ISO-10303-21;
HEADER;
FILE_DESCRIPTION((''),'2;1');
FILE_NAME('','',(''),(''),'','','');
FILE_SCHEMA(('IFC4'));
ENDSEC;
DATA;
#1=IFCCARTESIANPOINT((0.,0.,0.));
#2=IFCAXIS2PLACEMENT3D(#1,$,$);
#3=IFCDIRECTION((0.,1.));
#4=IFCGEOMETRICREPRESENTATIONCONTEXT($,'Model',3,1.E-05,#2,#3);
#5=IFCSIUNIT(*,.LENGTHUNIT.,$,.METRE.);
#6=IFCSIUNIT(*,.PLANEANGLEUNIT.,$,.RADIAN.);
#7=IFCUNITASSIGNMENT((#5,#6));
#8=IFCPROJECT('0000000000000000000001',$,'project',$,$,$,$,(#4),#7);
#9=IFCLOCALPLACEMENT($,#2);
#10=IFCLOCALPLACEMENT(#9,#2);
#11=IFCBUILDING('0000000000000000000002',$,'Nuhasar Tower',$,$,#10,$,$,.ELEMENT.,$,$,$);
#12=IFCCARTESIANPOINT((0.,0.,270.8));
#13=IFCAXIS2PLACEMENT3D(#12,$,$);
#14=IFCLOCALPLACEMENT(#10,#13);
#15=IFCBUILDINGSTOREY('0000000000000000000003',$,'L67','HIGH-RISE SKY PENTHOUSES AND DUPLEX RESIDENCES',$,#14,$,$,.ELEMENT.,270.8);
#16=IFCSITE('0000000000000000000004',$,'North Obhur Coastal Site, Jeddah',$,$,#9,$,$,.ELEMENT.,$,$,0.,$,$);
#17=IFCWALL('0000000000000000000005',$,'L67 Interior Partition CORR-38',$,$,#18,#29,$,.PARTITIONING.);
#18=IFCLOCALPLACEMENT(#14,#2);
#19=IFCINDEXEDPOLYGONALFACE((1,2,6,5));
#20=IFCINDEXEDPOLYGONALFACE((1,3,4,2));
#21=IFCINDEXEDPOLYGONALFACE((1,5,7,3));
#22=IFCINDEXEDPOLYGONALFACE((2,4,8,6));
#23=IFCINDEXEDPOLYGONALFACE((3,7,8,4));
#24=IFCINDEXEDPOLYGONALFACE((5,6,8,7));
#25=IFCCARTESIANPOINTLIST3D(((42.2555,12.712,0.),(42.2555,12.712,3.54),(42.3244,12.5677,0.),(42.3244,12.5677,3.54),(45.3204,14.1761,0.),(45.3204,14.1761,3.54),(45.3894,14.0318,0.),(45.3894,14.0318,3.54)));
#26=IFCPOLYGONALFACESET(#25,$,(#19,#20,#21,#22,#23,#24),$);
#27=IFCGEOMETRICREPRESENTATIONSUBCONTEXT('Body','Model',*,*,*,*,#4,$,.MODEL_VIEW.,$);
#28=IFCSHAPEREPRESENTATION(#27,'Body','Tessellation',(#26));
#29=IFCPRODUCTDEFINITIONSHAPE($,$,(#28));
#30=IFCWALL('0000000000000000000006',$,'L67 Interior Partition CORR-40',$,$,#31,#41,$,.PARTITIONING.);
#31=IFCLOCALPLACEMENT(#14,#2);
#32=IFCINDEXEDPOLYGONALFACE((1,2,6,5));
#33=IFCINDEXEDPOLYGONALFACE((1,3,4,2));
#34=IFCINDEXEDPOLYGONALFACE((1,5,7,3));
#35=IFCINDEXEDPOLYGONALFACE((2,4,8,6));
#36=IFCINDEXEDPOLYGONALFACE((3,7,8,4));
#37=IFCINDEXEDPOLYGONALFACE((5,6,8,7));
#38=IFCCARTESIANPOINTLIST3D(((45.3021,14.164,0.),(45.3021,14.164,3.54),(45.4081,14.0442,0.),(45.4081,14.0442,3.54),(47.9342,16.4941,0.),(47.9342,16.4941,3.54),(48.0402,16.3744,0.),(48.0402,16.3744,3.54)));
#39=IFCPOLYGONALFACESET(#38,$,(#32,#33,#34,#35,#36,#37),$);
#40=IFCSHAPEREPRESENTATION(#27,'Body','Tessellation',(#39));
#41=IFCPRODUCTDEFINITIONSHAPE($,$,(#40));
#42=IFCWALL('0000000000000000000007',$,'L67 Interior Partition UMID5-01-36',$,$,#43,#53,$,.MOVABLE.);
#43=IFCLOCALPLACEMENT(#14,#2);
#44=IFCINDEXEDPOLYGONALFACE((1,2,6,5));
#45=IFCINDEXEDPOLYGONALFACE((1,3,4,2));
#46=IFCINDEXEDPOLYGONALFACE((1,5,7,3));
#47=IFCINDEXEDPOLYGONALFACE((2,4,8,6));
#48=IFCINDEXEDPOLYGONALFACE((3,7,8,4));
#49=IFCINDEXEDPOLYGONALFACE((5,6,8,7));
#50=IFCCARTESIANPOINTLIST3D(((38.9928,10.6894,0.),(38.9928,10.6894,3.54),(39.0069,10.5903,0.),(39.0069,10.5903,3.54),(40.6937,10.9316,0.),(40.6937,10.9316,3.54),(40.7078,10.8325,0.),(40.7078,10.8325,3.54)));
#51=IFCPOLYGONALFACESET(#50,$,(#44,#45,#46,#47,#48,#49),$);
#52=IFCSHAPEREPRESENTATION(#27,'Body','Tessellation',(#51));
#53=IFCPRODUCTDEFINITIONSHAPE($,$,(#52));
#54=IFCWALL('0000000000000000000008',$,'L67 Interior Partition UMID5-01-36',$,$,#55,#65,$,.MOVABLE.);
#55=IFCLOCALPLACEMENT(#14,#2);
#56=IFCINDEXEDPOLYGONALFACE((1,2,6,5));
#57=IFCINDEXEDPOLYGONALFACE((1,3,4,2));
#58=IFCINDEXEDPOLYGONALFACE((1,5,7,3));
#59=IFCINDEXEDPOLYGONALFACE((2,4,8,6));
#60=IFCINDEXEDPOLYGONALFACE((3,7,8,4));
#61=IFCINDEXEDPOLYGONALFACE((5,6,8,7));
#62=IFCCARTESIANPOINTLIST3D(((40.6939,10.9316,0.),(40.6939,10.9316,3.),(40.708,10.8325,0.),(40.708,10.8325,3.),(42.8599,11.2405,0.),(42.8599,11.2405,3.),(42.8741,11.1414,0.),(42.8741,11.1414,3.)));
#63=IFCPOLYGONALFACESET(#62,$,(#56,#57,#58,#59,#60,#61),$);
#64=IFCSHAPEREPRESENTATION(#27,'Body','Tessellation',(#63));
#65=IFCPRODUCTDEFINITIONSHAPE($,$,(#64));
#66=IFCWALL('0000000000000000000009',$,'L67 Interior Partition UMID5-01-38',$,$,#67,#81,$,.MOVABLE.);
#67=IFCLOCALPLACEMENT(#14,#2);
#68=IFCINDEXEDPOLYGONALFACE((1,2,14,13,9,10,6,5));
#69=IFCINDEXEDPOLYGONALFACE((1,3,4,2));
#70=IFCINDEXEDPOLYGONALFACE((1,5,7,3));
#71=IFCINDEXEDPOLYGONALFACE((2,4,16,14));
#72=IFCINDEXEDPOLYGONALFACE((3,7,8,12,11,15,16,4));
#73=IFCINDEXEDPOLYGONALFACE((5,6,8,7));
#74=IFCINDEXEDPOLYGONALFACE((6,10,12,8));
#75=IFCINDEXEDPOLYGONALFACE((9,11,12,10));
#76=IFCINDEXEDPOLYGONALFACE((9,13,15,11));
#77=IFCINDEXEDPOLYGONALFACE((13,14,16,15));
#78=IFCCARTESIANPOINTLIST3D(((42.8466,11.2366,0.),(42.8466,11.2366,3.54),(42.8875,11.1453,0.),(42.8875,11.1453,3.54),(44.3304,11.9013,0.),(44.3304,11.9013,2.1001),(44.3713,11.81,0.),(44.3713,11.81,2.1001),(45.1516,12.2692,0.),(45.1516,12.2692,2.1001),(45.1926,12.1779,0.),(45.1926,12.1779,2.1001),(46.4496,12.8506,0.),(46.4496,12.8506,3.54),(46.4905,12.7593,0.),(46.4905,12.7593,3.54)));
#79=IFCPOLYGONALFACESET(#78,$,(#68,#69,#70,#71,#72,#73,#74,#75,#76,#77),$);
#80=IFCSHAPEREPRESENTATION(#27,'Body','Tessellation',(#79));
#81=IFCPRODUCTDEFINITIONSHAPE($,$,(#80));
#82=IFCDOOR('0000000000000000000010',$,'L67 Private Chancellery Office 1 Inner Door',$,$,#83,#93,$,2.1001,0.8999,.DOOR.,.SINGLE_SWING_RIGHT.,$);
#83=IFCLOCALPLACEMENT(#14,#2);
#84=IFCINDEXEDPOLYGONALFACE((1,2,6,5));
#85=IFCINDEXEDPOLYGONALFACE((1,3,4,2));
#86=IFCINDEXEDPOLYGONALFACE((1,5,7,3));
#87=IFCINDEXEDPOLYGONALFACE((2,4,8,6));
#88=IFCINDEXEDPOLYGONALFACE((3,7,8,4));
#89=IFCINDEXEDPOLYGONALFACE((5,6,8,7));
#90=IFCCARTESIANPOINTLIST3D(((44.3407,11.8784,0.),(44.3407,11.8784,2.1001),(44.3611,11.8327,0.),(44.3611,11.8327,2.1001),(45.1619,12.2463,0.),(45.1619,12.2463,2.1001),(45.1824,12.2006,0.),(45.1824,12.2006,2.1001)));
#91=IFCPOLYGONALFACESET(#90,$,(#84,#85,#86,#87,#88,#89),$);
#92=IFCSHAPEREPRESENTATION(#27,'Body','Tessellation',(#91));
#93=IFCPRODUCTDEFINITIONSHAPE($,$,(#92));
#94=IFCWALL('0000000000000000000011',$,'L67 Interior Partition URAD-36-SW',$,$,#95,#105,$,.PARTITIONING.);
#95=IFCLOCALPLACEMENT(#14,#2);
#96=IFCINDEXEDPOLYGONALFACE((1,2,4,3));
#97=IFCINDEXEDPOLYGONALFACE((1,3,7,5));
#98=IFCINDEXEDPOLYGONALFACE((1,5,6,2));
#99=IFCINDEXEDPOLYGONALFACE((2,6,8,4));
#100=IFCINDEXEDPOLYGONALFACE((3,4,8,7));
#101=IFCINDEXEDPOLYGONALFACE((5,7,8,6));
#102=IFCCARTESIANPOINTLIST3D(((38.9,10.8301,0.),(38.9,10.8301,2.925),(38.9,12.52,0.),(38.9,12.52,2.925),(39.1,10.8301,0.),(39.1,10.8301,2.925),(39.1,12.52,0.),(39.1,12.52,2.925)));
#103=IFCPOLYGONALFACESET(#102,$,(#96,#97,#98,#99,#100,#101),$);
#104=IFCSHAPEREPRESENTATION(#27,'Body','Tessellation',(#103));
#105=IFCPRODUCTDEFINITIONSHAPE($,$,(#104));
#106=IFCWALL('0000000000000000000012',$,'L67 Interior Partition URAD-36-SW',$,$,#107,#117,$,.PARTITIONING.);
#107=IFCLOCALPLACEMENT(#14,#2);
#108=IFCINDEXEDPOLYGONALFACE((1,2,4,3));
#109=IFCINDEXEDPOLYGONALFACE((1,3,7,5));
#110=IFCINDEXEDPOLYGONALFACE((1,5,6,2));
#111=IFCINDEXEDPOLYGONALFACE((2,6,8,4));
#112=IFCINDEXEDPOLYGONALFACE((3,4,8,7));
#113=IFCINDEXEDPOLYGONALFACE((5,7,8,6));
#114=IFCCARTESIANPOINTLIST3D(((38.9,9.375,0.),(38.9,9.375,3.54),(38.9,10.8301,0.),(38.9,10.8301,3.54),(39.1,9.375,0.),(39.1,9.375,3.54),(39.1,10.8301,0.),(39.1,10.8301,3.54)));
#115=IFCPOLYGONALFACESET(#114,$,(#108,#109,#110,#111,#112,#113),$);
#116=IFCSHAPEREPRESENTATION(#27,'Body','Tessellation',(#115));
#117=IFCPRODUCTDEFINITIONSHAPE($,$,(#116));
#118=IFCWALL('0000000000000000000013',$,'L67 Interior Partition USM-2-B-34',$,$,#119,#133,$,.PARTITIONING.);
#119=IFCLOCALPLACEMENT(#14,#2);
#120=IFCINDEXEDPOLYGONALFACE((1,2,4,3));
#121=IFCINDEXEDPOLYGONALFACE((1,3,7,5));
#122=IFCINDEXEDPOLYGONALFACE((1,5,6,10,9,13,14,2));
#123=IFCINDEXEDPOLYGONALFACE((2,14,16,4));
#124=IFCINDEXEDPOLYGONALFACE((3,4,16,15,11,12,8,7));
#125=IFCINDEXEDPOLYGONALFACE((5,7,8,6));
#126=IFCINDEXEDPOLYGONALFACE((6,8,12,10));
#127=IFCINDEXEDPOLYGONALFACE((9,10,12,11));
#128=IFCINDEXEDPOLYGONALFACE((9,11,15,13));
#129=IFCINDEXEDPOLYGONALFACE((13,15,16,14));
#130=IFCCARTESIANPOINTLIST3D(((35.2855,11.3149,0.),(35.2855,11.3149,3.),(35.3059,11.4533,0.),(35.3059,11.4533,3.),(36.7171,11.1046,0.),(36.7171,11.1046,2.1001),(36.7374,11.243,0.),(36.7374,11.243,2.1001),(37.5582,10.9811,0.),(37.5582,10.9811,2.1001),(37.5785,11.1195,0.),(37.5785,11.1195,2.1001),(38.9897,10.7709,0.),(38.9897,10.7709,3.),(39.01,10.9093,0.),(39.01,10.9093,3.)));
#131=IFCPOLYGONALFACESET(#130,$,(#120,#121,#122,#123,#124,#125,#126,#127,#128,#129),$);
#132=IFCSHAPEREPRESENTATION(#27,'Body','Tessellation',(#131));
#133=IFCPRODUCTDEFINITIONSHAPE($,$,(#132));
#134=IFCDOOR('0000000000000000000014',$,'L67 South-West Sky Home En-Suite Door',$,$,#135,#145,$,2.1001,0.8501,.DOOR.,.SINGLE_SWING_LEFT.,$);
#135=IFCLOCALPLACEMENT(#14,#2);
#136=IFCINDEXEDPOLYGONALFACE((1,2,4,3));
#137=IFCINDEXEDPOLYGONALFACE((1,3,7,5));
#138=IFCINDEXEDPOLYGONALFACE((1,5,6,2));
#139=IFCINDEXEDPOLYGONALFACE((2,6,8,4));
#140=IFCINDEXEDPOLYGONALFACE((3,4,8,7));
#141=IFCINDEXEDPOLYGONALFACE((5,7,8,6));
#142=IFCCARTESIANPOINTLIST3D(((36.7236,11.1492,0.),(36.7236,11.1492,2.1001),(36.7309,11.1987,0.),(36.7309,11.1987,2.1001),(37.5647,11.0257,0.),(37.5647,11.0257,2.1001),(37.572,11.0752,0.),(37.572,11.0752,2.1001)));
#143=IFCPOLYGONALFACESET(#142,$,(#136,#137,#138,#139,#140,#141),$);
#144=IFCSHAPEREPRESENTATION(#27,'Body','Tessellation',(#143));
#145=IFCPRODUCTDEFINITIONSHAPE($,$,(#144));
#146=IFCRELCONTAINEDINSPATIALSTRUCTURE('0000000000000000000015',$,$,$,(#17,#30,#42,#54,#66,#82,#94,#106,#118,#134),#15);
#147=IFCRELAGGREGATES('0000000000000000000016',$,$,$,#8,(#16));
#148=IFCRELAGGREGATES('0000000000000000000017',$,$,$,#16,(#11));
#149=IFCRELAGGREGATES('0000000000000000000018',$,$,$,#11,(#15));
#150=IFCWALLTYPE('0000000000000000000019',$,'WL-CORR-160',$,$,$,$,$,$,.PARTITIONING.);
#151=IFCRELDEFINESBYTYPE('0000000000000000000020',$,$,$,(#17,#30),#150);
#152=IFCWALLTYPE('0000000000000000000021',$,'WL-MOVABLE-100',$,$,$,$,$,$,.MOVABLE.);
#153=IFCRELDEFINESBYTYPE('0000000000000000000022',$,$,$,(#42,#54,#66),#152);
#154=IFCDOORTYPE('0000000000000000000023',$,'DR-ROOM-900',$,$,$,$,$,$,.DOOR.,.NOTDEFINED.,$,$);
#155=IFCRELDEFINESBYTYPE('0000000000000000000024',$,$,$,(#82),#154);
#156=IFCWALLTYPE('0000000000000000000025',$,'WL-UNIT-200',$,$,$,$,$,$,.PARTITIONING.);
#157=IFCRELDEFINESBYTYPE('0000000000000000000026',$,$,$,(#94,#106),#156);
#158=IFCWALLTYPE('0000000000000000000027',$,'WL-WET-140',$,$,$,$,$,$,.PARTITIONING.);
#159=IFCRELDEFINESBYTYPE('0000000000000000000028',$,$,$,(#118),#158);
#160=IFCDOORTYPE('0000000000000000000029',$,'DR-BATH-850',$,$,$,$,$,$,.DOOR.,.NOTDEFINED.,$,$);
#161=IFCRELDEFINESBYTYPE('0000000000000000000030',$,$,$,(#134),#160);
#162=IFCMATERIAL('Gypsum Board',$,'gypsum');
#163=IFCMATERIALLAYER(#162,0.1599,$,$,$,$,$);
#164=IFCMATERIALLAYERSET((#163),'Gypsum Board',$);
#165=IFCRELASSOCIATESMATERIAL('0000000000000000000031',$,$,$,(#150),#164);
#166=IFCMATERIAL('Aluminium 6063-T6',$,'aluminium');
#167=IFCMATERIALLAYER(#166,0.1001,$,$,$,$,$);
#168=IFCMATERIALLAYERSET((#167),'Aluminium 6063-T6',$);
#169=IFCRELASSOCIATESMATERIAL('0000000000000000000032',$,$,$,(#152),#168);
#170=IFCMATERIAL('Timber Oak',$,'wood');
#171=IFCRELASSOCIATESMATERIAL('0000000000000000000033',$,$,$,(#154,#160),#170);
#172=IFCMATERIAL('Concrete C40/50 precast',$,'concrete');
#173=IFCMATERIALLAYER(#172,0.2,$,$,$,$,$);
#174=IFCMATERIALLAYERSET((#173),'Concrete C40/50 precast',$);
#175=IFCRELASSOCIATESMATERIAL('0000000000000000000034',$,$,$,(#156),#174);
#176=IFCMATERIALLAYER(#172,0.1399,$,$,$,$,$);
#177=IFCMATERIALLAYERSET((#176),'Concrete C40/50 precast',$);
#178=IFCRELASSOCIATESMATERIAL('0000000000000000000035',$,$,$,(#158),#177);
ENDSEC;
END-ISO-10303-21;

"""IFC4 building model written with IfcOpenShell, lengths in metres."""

from ifc_helpers import new_model, si_unit, direction, frame, frame_2d, origin, place, context, subcontext, project, spatial, rectangle, extrude, material, layer, layer_set, type_object, element, fill, save


model = new_model("IFC4")

# Units and contexts
model_context = context("Model", 3, precision=1e-05, world=origin(), true_north=direction((0.0, 1.0)))
body_context = subcontext(model_context, "Body", "Model", "MODEL_VIEW")
ifc_project = project(units=[si_unit("LENGTHUNIT", "METRE"), si_unit("PLANEANGLEUNIT", "RADIAN")], contexts=[model_context])

# Site, building, storey
site_placement = place(None, origin())
site = spatial("IfcSite", under=ifc_project, at=site_placement, Name="North Obhur Coastal Site, Jeddah", CompositionType="ELEMENT", RefElevation=0.0)
building_placement = place(site_placement, origin())
building = spatial("IfcBuilding", under=site, at=building_placement, Name="Nuhasar Tower", CompositionType="ELEMENT")
storey_placement = place(building_placement, frame((0.0, 0.0, 270.8)))
storey = spatial("IfcBuildingStorey", under=building, at=storey_placement, Name="L67", Description="HIGH-RISE SKY PENTHOUSES AND DUPLEX RESIDENCES", CompositionType="ELEMENT", Elevation=270.8)

# Shared definitions
ifc_material_1 = material(Name="Aluminium 6063-T6", Category="aluminium")

# Shared definitions
ifc_material_2 = material(Name="Gypsum Board", Category="gypsum")
ifc_layer_1 = layer(ifc_material_2, 0.1599)
ifc_layer_set_1 = layer_set([ifc_layer_1], Name="Gypsum Board")
wall_type_1 = type_object("IfcWallType", Name="WL-CORR-160", PredefinedType="PARTITIONING", material=ifc_layer_set_1)
ifc_material_3 = material(Name="Timber Oak", Category="wood")

# Walls
wall_1_placement = place(storey_placement, frame((42.29, 12.6399, 0.0), z_axis=(0.0, 0.0, 1.0), x_axis=(0.902332, 0.431041, 0.0)))
element("IfcWall", 1, at=wall_1_placement, inside=storey, type_object=wall_type_1, Name="L67 Interior Partition CORR-38", PredefinedType="PARTITIONING", context=body_context, shape_type="SweptSolid", body=[
    extrude(rectangle(XDim=3.3967, YDim=0.1599, at=frame_2d((1.6982, 0.0))), origin(), (0.0, 0.0, 1.0), 3.54),
])
wall_2_placement = place(storey_placement, frame((45.355, 14.104, 0.0), z_axis=(0.0, 0.0, 1.0), x_axis=(0.748757, 0.662845, 0.0)))
element("IfcWall", 2, at=wall_2_placement, inside=storey, type_object=wall_type_1, Name="L67 Interior Partition CORR-40", PredefinedType="PARTITIONING", context=body_context, shape_type="SweptSolid", body=[
    extrude(rectangle(XDim=3.5154, YDim=0.1599, at=frame_2d((1.7578, 0.0))), origin(), (0.0, 0.0, 1.0), 3.54),
])
ifc_layer_2 = layer(ifc_material_1, 0.1001)
ifc_layer_set_2 = layer_set([ifc_layer_2], Name="Aluminium 6063-T6")
wall_type_2 = type_object("IfcWallType", Name="WL-MOVABLE-100", PredefinedType="MOVABLE", material=ifc_layer_set_2)
wall_3_placement = place(storey_placement, frame((39.0, 10.6399, 0.0), z_axis=(0.0, 0.0, 1.0), x_axis=(0.990015, 0.140964, 0.0)))
element("IfcWall", 3, at=wall_3_placement, inside=storey, type_object=wall_type_2, Name="L67 Interior Partition UMID5-01-36", PredefinedType="MOVABLE", context=body_context, shape_type="SweptSolid", body=[
    extrude(rectangle(XDim=1.718, YDim=0.1001, at=frame_2d((0.8589, 0.0))), origin(), (0.0, 0.0, 1.0), 3.54),
])
wall_4_placement = place(storey_placement, frame((40.7009, 10.8821, 0.0), z_axis=(0.0, 0.0, 1.0), x_axis=(0.989987, 0.141156, 0.0)))
element("IfcWall", 4, at=wall_4_placement, inside=storey, type_object=wall_type_2, Name="L67 Interior Partition UMID5-01-36", PredefinedType="MOVABLE", context=body_context, shape_type="SweptSolid", body=[
    extrude(rectangle(XDim=2.188, YDim=0.1001, at=frame_2d((1.094, 0.0))), origin(), (0.0, 0.0, 1.0), 3.0),
])

# Wall, opening, door
wall_5_placement = place(storey_placement, frame((42.8669, 11.1909, 0.0), z_axis=(0.0, 0.0, 1.0), x_axis=(0.912617, 0.408816, 0.0)))
wall_5 = element("IfcWall", 5, at=wall_5_placement, inside=storey, type_object=wall_type_2, Name="L67 Interior Partition UMID5-01-38", PredefinedType="MOVABLE", context=body_context, shape_type="SweptSolid", body=[
    extrude(rectangle(XDim=3.948, YDim=0.1001, at=frame_2d((1.9741, 0.0))), origin(), (0.0, 0.0, 1.0), 3.54),
])
opening_1_placement = place(wall_5_placement, frame((1.626, 0.0, 0.0)))
opening_1 = element("IfcOpeningElement", 6, at=opening_1_placement, cuts=wall_5, PredefinedType="OPENING", context=body_context, shape_type="SweptSolid", body=[
    extrude(rectangle(XDim=0.8999, YDim=2.1001, at=frame_2d((0.45, 1.05))), frame((0.0, 0.0601, 0.0), z_axis=(0.0, -1.0, 0.0), x_axis=(1.0, 0.0, 0.0)), (0.0, 0.0, 1.0), 0.1201),
])
door_type_1 = type_object("IfcDoorType", Name="DR-ROOM-900", OperationType="NOTDEFINED", PredefinedType="DOOR", material=ifc_material_3)
door_1_placement = place(opening_1_placement, origin())
door_1 = element("IfcDoor", 7, at=door_1_placement, inside=storey, type_object=door_type_1, Name="L67 Private Chancellery Office 1 Inner Door", OperationType="SINGLE_SWING_RIGHT", OverallHeight=2.1001, OverallWidth=0.8999, PredefinedType="DOOR", context=body_context, shape_type="SweptSolid", body=[
    extrude(rectangle(XDim=0.8999, YDim=2.1001, at=frame_2d((0.45, 1.05))), frame((0.0, 0.0249, 0.0), z_axis=(0.0, -1.0, 0.0), x_axis=(1.0, 0.0, 0.0)), (0.0, 0.0, 1.0), 0.05),
])
fill(opening_1, door_1)

# Walls
ifc_material_4 = material(Name="Concrete C40/50 precast", Category="concrete")
ifc_layer_3 = layer(ifc_material_4, 0.2)
ifc_layer_set_3 = layer_set([ifc_layer_3], Name="Concrete C40/50 precast")
wall_type_3 = type_object("IfcWallType", Name="WL-UNIT-200", PredefinedType="PARTITIONING", material=ifc_layer_set_3)
wall_6_placement = place(storey_placement, frame((39.0, 12.52, 0.0), z_axis=(0.0, 0.0, 1.0), x_axis=(0.0, -1.0, 0.0)))
element("IfcWall", 8, at=wall_6_placement, inside=storey, type_object=wall_type_3, Name="L67 Interior Partition URAD-36-SW", PredefinedType="PARTITIONING", context=body_context, shape_type="SweptSolid", body=[
    extrude(rectangle(XDim=1.6899, YDim=0.2, at=frame_2d((0.845, 0.0))), origin(), (0.0, 0.0, 1.0), 2.925),
])
wall_7_placement = place(storey_placement, frame((39.0, 10.8301, 0.0), z_axis=(0.0, 0.0, 1.0), x_axis=(0.0, -1.0, 0.0)))
element("IfcWall", 9, at=wall_7_placement, inside=storey, type_object=wall_type_3, Name="L67 Interior Partition URAD-36-SW", PredefinedType="PARTITIONING", context=body_context, shape_type="SweptSolid", body=[
    extrude(rectangle(XDim=1.4551, YDim=0.2, at=frame_2d((0.7275, 0.0))), origin(), (0.0, 0.0, 1.0), 3.54),
])

# Wall, opening, door
ifc_layer_4 = layer(ifc_material_4, 0.1399)
ifc_layer_set_4 = layer_set([ifc_layer_4], Name="Concrete C40/50 precast")
wall_type_4 = type_object("IfcWallType", Name="WL-WET-140", PredefinedType="PARTITIONING", material=ifc_layer_set_4)
wall_8_placement = place(storey_placement, frame((39.0, 10.8401, 0.0), z_axis=(0.0, 0.0, 1.0), x_axis=(-0.989389, 0.145291, 0.0)))
wall_8 = element("IfcWall", 10, at=wall_8_placement, inside=storey, type_object=wall_type_4, Name="L67 Interior Partition USM-2-B-34", PredefinedType="PARTITIONING", context=body_context, shape_type="SweptSolid", body=[
    extrude(rectangle(XDim=3.7439, YDim=0.1399, at=frame_2d((1.8721, 0.0))), origin(), (0.0, 0.0, 1.0), 3.0),
])
opening_2_placement = place(wall_8_placement, frame((1.447, 0.0, 0.0)))
opening_2 = element("IfcOpeningElement", 11, at=opening_2_placement, cuts=wall_8, PredefinedType="OPENING", context=body_context, shape_type="SweptSolid", body=[
    extrude(rectangle(XDim=0.8501, YDim=2.1001, at=frame_2d((0.425, 1.05))), frame((0.0, 0.0801, 0.0), z_axis=(0.0, -1.0, 0.0), x_axis=(1.0, 0.0, 0.0)), (0.0, 0.0, 1.0), 0.1599),
])
door_type_2 = type_object("IfcDoorType", Name="DR-BATH-850", OperationType="NOTDEFINED", PredefinedType="DOOR", material=ifc_material_3)
door_2_placement = place(opening_2_placement, origin())
door_2 = element("IfcDoor", 12, at=door_2_placement, inside=storey, type_object=door_type_2, Name="L67 South-West Sky Home En-Suite Door", OperationType="SINGLE_SWING_LEFT", OverallHeight=2.1001, OverallWidth=0.8501, PredefinedType="DOOR", context=body_context, shape_type="SweptSolid", body=[
    extrude(rectangle(XDim=0.8501, YDim=2.1001, at=frame_2d((0.425, 1.05))), frame((0.0, 0.0249, 0.0), z_axis=(0.0, -1.0, 0.0), x_axis=(1.0, 0.0, 0.0)), (0.0, 0.0, 1.0), 0.05),
])
fill(opening_2, door_2)

save(model, "model.ifc")
